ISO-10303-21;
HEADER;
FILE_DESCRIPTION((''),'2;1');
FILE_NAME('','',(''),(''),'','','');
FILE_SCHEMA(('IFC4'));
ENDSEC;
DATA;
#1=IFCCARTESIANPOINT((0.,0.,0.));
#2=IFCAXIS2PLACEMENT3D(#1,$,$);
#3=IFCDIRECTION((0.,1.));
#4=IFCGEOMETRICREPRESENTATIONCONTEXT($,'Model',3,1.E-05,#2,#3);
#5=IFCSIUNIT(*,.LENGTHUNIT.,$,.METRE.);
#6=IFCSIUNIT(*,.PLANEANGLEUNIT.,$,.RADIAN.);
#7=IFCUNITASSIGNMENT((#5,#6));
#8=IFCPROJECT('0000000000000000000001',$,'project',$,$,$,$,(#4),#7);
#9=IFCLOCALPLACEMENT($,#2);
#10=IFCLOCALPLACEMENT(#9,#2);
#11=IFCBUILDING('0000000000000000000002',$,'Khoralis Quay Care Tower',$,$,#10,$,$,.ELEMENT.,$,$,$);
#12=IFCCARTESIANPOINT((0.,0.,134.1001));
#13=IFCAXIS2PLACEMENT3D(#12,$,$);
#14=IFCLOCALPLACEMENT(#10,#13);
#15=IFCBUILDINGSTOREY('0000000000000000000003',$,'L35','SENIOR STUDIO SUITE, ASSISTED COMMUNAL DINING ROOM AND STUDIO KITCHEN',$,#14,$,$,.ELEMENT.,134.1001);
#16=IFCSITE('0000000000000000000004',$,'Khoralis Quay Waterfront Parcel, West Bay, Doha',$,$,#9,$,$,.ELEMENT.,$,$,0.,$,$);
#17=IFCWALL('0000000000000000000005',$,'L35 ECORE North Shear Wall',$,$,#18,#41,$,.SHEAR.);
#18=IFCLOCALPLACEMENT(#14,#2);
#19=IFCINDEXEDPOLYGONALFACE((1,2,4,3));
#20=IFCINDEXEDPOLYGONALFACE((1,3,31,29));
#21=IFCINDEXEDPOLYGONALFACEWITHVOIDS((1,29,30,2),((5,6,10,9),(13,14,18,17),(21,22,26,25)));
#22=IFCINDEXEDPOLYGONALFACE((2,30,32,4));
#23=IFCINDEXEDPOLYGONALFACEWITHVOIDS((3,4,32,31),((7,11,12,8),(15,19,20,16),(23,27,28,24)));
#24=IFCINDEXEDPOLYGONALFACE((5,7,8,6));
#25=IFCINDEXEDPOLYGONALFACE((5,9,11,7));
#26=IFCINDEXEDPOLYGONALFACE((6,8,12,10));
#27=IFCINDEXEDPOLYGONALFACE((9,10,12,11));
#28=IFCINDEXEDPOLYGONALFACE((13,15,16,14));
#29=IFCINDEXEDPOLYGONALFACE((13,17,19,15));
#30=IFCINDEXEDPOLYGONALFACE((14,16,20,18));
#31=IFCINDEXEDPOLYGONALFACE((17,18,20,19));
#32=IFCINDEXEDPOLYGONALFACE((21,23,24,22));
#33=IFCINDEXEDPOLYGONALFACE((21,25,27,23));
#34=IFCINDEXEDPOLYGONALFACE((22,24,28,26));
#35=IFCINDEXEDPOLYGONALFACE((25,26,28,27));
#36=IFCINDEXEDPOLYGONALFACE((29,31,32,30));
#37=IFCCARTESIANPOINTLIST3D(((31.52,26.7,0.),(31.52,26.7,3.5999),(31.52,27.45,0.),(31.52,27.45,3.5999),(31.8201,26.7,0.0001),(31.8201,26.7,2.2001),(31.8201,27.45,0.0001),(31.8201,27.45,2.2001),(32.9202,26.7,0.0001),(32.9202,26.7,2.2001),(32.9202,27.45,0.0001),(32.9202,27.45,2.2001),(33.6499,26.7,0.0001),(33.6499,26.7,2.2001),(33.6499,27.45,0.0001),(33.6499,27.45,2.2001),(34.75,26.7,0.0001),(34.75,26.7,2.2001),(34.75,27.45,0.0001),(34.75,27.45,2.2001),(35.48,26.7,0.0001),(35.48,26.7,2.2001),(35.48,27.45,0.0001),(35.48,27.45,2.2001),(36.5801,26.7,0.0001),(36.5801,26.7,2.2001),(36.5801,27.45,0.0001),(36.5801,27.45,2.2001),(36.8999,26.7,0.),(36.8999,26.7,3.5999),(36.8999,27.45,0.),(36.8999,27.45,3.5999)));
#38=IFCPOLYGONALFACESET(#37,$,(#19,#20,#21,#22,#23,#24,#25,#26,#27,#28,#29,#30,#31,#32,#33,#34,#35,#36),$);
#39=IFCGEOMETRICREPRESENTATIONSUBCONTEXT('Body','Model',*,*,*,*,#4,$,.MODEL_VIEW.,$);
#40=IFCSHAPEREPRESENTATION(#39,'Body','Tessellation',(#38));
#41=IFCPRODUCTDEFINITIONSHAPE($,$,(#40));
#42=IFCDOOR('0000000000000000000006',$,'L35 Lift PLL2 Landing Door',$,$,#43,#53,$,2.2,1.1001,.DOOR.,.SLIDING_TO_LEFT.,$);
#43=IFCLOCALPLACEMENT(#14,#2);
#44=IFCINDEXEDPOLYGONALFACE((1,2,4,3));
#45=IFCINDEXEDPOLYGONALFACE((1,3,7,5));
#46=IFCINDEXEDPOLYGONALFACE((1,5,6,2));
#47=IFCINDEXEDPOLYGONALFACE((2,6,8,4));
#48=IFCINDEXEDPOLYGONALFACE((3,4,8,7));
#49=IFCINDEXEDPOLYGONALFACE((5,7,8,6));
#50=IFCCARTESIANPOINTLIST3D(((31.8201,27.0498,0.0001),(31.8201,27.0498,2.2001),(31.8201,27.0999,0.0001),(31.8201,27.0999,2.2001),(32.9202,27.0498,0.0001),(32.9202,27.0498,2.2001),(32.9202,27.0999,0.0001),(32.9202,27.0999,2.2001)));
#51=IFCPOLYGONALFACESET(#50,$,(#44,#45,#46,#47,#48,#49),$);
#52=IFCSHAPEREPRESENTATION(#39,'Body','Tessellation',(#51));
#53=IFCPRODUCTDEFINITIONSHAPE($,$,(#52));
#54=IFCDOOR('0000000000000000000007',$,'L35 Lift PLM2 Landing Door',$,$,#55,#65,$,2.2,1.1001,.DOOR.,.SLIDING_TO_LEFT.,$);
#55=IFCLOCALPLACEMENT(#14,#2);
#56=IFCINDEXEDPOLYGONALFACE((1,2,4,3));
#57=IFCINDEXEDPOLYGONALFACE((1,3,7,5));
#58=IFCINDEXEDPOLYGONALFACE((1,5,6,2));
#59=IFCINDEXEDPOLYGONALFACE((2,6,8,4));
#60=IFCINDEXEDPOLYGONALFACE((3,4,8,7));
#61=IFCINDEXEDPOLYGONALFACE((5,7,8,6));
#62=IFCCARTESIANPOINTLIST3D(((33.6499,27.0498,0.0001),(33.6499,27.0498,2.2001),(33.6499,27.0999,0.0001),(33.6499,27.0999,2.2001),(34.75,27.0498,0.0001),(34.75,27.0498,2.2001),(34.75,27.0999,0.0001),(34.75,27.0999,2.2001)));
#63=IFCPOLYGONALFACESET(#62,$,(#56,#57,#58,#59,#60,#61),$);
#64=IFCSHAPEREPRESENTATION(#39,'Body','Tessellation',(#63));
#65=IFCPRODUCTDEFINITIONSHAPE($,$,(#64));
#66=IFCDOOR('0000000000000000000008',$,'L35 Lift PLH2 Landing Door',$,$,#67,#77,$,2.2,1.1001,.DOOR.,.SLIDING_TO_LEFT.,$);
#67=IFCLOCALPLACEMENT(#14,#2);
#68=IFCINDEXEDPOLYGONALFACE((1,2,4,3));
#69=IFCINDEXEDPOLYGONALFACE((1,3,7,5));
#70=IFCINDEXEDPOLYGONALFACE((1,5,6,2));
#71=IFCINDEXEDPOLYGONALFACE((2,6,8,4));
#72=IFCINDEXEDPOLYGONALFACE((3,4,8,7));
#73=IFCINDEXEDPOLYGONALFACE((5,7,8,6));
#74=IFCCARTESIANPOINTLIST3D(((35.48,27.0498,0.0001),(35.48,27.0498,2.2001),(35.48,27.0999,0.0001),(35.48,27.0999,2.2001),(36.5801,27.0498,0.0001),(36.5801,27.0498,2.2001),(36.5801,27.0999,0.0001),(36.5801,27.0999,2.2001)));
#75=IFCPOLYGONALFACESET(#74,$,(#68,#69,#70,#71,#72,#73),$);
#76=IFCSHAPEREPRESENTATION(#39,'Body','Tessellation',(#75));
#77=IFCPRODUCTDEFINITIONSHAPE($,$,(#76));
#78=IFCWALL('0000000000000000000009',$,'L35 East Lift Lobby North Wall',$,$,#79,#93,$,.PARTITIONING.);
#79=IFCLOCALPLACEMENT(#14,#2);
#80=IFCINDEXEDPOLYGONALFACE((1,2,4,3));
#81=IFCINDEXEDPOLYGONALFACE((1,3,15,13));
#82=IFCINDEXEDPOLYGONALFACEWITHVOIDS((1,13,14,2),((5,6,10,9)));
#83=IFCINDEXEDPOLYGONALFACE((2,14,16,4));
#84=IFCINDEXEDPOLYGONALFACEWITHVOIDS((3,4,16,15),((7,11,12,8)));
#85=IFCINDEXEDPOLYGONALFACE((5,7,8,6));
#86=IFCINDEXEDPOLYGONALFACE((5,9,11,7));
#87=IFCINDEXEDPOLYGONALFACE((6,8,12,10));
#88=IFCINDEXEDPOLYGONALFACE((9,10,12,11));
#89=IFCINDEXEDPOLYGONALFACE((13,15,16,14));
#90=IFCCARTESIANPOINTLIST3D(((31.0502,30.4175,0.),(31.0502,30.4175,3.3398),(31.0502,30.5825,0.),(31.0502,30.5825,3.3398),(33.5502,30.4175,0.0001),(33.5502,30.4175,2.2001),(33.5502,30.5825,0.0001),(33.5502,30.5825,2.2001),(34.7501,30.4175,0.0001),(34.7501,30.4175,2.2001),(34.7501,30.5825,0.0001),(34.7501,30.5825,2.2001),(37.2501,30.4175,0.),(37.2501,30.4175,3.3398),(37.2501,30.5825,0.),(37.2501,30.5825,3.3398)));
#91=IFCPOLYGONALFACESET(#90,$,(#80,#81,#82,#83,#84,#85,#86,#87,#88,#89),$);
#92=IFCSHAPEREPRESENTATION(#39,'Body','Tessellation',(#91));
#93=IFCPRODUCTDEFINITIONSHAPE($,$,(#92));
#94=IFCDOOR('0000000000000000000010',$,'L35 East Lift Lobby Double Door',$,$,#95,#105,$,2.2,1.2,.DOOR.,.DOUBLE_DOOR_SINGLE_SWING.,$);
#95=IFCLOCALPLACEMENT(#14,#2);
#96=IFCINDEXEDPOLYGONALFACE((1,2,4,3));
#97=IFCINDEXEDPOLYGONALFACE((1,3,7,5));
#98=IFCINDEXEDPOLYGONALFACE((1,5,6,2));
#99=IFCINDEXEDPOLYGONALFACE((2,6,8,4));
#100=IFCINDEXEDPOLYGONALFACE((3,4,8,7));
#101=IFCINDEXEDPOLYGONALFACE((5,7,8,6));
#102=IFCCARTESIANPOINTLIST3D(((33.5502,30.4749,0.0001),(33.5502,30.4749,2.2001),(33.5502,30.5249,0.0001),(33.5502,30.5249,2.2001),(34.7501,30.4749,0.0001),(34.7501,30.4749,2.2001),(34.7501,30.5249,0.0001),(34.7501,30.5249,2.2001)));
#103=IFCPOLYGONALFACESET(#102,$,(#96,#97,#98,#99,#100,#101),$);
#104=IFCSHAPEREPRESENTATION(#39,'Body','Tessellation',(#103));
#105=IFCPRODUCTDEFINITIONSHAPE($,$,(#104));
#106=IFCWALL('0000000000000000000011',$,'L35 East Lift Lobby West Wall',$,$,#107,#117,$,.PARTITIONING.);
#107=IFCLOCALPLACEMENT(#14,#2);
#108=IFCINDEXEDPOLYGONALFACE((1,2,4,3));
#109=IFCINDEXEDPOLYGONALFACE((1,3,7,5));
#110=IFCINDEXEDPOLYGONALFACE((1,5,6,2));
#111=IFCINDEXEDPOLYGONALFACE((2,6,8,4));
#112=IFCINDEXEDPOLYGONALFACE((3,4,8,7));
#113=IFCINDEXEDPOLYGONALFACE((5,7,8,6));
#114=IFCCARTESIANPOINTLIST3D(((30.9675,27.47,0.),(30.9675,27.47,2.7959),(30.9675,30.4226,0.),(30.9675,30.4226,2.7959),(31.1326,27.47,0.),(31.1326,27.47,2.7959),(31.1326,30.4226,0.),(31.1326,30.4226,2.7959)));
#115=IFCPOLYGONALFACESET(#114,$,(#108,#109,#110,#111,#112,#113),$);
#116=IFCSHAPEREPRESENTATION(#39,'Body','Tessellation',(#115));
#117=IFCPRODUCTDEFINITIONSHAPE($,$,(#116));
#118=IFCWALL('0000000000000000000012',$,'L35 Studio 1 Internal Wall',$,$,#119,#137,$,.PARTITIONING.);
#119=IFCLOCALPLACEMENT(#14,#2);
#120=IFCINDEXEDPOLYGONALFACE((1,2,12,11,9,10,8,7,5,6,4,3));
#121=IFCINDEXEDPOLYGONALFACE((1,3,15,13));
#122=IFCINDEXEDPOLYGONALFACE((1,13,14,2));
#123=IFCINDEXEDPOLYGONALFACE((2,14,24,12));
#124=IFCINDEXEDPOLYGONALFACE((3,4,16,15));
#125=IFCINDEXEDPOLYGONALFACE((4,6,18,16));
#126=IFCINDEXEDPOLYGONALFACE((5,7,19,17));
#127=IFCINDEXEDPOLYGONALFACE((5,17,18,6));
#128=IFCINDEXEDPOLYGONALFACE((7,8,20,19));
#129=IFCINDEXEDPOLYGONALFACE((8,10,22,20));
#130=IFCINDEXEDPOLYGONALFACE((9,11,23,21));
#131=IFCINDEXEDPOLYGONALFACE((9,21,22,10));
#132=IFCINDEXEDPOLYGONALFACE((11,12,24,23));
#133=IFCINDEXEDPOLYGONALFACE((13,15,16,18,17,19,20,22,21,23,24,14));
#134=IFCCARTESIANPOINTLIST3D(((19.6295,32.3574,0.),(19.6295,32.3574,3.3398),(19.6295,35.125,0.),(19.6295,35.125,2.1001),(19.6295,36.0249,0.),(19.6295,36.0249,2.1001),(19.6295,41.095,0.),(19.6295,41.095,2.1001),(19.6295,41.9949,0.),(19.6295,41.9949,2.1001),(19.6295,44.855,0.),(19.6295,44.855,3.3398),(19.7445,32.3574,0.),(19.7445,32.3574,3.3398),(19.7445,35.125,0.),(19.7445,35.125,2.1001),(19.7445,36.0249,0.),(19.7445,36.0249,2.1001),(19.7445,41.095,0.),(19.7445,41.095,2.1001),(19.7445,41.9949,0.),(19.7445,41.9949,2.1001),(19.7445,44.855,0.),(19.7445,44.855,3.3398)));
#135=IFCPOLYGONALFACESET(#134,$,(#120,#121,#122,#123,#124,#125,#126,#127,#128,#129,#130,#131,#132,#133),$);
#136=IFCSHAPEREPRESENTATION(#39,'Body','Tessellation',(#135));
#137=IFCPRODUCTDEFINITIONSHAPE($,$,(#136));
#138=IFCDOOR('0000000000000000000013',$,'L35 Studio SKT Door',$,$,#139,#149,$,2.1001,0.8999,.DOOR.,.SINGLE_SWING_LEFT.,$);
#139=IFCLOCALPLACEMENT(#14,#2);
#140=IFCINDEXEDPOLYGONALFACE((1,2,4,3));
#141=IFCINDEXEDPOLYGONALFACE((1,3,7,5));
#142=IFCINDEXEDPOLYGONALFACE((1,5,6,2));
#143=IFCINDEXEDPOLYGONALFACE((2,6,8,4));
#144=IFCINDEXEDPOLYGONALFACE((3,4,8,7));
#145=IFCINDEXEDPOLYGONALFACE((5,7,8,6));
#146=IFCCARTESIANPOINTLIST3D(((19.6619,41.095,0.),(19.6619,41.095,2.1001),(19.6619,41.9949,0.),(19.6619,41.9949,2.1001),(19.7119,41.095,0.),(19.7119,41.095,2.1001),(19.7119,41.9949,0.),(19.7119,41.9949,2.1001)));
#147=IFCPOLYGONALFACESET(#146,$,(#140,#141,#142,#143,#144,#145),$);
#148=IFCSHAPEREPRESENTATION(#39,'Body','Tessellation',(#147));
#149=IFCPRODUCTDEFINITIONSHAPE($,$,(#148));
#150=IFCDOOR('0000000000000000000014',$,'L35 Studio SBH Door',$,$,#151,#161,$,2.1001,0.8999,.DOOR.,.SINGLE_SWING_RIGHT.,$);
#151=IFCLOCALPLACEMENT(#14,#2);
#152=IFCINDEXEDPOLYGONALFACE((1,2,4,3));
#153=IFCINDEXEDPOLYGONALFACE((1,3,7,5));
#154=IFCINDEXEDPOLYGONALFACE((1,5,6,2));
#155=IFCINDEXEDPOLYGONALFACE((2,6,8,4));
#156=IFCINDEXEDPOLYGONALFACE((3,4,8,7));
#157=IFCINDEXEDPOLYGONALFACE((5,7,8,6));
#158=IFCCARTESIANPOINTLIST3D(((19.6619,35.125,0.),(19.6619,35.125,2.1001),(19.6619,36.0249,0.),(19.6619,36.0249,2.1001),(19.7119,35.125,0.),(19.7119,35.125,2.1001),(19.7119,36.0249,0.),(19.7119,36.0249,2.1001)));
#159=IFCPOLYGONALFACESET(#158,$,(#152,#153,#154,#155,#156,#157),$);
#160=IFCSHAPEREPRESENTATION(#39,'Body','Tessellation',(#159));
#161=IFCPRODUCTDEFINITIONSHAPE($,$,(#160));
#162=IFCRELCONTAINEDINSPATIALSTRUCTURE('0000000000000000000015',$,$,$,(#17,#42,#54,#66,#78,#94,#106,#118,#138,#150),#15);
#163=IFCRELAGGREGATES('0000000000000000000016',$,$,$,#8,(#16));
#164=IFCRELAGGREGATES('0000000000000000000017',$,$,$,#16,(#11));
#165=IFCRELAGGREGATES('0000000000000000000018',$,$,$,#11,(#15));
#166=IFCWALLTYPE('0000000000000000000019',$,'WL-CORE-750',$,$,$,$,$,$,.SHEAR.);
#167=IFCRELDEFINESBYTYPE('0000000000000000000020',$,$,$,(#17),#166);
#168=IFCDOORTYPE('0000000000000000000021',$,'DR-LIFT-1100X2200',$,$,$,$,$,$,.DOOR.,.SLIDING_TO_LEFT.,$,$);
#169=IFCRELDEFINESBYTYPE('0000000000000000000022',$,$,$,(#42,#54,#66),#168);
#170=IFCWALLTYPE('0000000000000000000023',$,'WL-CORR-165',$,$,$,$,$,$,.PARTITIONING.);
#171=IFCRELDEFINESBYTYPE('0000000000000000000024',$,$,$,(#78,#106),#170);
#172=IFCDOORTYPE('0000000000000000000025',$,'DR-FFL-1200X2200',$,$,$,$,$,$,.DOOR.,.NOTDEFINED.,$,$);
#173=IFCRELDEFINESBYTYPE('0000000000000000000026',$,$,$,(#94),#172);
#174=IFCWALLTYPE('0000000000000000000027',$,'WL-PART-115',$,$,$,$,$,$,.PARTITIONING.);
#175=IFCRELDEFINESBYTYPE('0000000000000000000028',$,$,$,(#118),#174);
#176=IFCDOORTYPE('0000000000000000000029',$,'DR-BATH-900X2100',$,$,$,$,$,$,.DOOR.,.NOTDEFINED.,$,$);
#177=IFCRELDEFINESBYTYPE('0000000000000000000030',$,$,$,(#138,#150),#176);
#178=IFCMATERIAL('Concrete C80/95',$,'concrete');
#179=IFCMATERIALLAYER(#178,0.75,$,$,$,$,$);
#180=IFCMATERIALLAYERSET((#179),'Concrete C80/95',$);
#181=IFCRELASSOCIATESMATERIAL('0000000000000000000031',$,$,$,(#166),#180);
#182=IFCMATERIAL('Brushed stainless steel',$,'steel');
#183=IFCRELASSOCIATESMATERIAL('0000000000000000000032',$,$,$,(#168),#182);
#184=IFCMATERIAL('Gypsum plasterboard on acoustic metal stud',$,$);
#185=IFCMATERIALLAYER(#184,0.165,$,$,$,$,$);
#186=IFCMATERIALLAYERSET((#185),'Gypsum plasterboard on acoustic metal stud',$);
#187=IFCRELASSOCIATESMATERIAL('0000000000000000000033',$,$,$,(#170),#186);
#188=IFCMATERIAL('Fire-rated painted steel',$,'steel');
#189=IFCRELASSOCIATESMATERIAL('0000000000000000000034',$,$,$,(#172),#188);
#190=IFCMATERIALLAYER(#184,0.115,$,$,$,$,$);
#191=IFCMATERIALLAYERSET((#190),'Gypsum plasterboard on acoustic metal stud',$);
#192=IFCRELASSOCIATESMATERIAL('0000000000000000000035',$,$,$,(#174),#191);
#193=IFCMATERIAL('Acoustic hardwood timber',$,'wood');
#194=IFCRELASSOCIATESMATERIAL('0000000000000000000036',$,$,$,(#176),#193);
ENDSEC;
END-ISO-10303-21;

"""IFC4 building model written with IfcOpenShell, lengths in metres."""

from ifc_helpers import new_model, si_unit, direction, frame, frame_2d, origin, place, context, subcontext, project, spatial, rectangle, extrude, source, transform, mapped, material, layer, layer_set, type_object, element, fill, save


model = new_model("IFC4")

# Units and contexts
model_context = context("Model", 3, precision=1e-05, world=origin(), true_north=direction((0.0, 1.0)))
body_context = subcontext(model_context, "Body", "Model", "MODEL_VIEW")
ifc_project = project(units=[si_unit("LENGTHUNIT", "METRE"), si_unit("PLANEANGLEUNIT", "RADIAN")], contexts=[model_context])

# Site, building, storey
site_placement = place(None, origin())
site = spatial("IfcSite", under=ifc_project, at=site_placement, Name="Khoralis Quay Waterfront Parcel, West Bay, Doha", CompositionType="ELEMENT", RefElevation=0.0)
building_placement = place(site_placement, origin())
building = spatial("IfcBuilding", under=site, at=building_placement, Name="Khoralis Quay Care Tower", CompositionType="ELEMENT")
storey_placement = place(building_placement, frame((0.0, 0.0, 134.1001)))
storey = spatial("IfcBuildingStorey", under=building, at=storey_placement, Name="L35", Description="SENIOR STUDIO SUITE, ASSISTED COMMUNAL DINING ROOM AND STUDIO KITCHEN", CompositionType="ELEMENT", Elevation=134.1001)

# Wall, openings, doors
ifc_material_1 = material(Name="Concrete C80/95", Category="concrete")
ifc_layer_1 = layer(ifc_material_1, 0.75)
ifc_layer_set_1 = layer_set([ifc_layer_1], Name="Concrete C80/95")
wall_type_1 = type_object("IfcWallType", Name="WL-CORE-750", PredefinedType="SHEAR", material=ifc_layer_set_1)
wall_1_placement = place(storey_placement, frame((31.52, 27.075, 0.0), z_axis=(0.0, 0.0, 1.0), x_axis=(1.0, 0.0, 0.0)))
wall_1 = element("IfcWall", 1, at=wall_1_placement, inside=storey, type_object=wall_type_1, Name="L35 ECORE North Shear Wall", PredefinedType="SHEAR", context=body_context, shape_type="SweptSolid", body=[
    extrude(rectangle(XDim=5.3799, YDim=0.75, at=frame_2d((2.6899, 0.0))), origin(), (0.0, 0.0, 1.0), 3.5999),
])
opening_1_placement = place(wall_1_placement, frame((0.3, 0.0, 0.0)))
opening_1 = element("IfcOpeningElement", 2, at=opening_1_placement, cuts=wall_1, PredefinedType="OPENING", context=body_context, shape_type="SweptSolid", body=[
    extrude(rectangle(XDim=1.1001, YDim=2.2, at=frame_2d((0.55, 1.1001))), frame((0.0, 0.385, 0.0), z_axis=(0.0, -1.0, 0.0), x_axis=(1.0, 0.0, 0.0)), (0.0, 0.0, 1.0), 0.77),
])
opening_2_placement = place(wall_1_placement, frame((2.1299, 0.0, 0.0)))
opening_2 = element("IfcOpeningElement", 3, at=opening_2_placement, cuts=wall_1, PredefinedType="OPENING", context=body_context, shape_type="SweptSolid", body=[
    extrude(rectangle(XDim=1.1001, YDim=2.2, at=frame_2d((0.55, 1.1001))), frame((0.0, 0.385, 0.0), z_axis=(0.0, -1.0, 0.0), x_axis=(1.0, 0.0, 0.0)), (0.0, 0.0, 1.0), 0.77),
])
opening_3_placement = place(wall_1_placement, frame((3.96, 0.0, 0.0)))
opening_3 = element("IfcOpeningElement", 4, at=opening_3_placement, cuts=wall_1, PredefinedType="OPENING", context=body_context, shape_type="SweptSolid", body=[
    extrude(rectangle(XDim=1.1001, YDim=2.2, at=frame_2d((0.55, 1.1001))), frame((0.0, 0.385, 0.0), z_axis=(0.0, -1.0, 0.0), x_axis=(1.0, 0.0, 0.0)), (0.0, 0.0, 1.0), 0.77),
])
ifc_material_2 = material(Name="Brushed stainless steel", Category="steel")
door_type_1 = type_object("IfcDoorType", Name="DR-LIFT-1100X2200", OperationType="SLIDING_TO_LEFT", PredefinedType="DOOR", material=ifc_material_2)
shared_shape_1 = source(origin(), body_context, "Body", "SweptSolid", [
    extrude(rectangle(XDim=1.1001, YDim=2.2, at=frame_2d((0.55, 1.1001))), frame((0.0, 0.0249, 0.0), z_axis=(0.0, -1.0, 0.0), x_axis=(1.0, 0.0, 0.0)), (0.0, 0.0, 1.0), 0.05),
])
door_1_placement = place(opening_1_placement, origin())
door_1 = element("IfcDoor", 5, at=door_1_placement, inside=storey, type_object=door_type_1, Name="L35 Lift PLL2 Landing Door", OperationType="SLIDING_TO_LEFT", OverallHeight=2.2, OverallWidth=1.1001, PredefinedType="DOOR", context=body_context, shape_type="MappedRepresentation", body=[
    mapped(shared_shape_1, transform((0.0, 0.0, 0.0), scale=1.0)),
])
fill(opening_1, door_1)
door_2_placement = place(opening_2_placement, origin())
door_2 = element("IfcDoor", 6, at=door_2_placement, inside=storey, type_object=door_type_1, Name="L35 Lift PLM2 Landing Door", OperationType="SLIDING_TO_LEFT", OverallHeight=2.2, OverallWidth=1.1001, PredefinedType="DOOR", context=body_context, shape_type="MappedRepresentation", body=[
    mapped(shared_shape_1, transform((0.0, 0.0, 0.0), scale=1.0)),
])
fill(opening_2, door_2)
door_3_placement = place(opening_3_placement, origin())
door_3 = element("IfcDoor", 7, at=door_3_placement, inside=storey, type_object=door_type_1, Name="L35 Lift PLH2 Landing Door", OperationType="SLIDING_TO_LEFT", OverallHeight=2.2, OverallWidth=1.1001, PredefinedType="DOOR", context=body_context, shape_type="MappedRepresentation", body=[
    mapped(shared_shape_1, transform((0.0, 0.0, 0.0), scale=1.0)),
])
fill(opening_3, door_3)

# Wall, opening, door
ifc_material_3 = material(Name="Gypsum plasterboard on acoustic metal stud")
ifc_layer_2 = layer(ifc_material_3, 0.165)
ifc_layer_set_2 = layer_set([ifc_layer_2], Name="Gypsum plasterboard on acoustic metal stud")
wall_type_2 = type_object("IfcWallType", Name="WL-CORR-165", PredefinedType="PARTITIONING", material=ifc_layer_set_2)
wall_2_placement = place(storey_placement, frame((31.05, 30.5, 0.0), z_axis=(0.0, 0.0, 1.0), x_axis=(1.0, 0.0, 0.0)))
wall_2 = element("IfcWall", 8, at=wall_2_placement, inside=storey, type_object=wall_type_2, Name="L35 East Lift Lobby North Wall", PredefinedType="PARTITIONING", context=body_context, shape_type="SweptSolid", body=[
    extrude(rectangle(XDim=6.2, YDim=0.165, at=frame_2d((3.1001, 0.0))), origin(), (0.0, 0.0, 1.0), 3.3398),
])
opening_4_placement = place(wall_2_placement, frame((2.5, 0.0, 0.0)))
opening_4 = element("IfcOpeningElement", 9, at=opening_4_placement, cuts=wall_2, PredefinedType="OPENING", context=body_context, shape_type="SweptSolid", body=[
    extrude(rectangle(XDim=1.2, YDim=2.2, at=frame_2d((0.6001, 1.1001))), frame((0.0, 0.0925, 0.0), z_axis=(0.0, -1.0, 0.0), x_axis=(1.0, 0.0, 0.0)), (0.0, 0.0, 1.0), 0.1851),
])
ifc_material_4 = material(Name="Fire-rated painted steel", Category="steel")
door_type_2 = type_object("IfcDoorType", Name="DR-FFL-1200X2200", OperationType="NOTDEFINED", PredefinedType="DOOR", material=ifc_material_4)
shared_shape_2 = source(origin(), body_context, "Body", "SweptSolid", [
    extrude(rectangle(XDim=1.2, YDim=2.2, at=frame_2d((0.6001, 1.1001))), frame((0.0, 0.0249, 0.0), z_axis=(0.0, -1.0, 0.0), x_axis=(1.0, 0.0, 0.0)), (0.0, 0.0, 1.0), 0.05),
])
door_4_placement = place(opening_4_placement, origin())
door_4 = element("IfcDoor", 10, at=door_4_placement, inside=storey, type_object=door_type_2, Name="L35 East Lift Lobby Double Door", OperationType="DOUBLE_DOOR_SINGLE_SWING", OverallHeight=2.2, OverallWidth=1.2, PredefinedType="DOOR", context=body_context, shape_type="MappedRepresentation", body=[
    mapped(shared_shape_2, transform((0.0, 0.0, 0.0), scale=1.0)),
])
fill(opening_4, door_4)

# Wall
wall_3_placement = place(storey_placement, frame((31.05, 27.47, 0.0), z_axis=(0.0, 0.0, 1.0), x_axis=(0.0, 1.0, 0.0)))
element("IfcWall", 11, at=wall_3_placement, inside=storey, type_object=wall_type_2, Name="L35 East Lift Lobby West Wall", PredefinedType="PARTITIONING", context=body_context, shape_type="SweptSolid", body=[
    extrude(rectangle(XDim=2.9526, YDim=0.165, at=frame_2d((1.4763, 0.0))), origin(), (0.0, 0.0, 1.0), 2.7959),
])

# Wall, openings, doors
ifc_layer_3 = layer(ifc_material_3, 0.115)
ifc_layer_set_3 = layer_set([ifc_layer_3], Name="Gypsum plasterboard on acoustic metal stud")
wall_type_3 = type_object("IfcWallType", Name="WL-PART-115", PredefinedType="PARTITIONING", material=ifc_layer_set_3)
wall_4_placement = place(storey_placement, frame((19.687, 32.3574, 0.0), z_axis=(0.0, 0.0, 1.0), x_axis=(0.0, 1.0, 0.0)))
wall_4 = element("IfcWall", 12, at=wall_4_placement, inside=storey, type_object=wall_type_3, Name="L35 Studio 1 Internal Wall", PredefinedType="PARTITIONING", context=body_context, shape_type="SweptSolid", body=[
    extrude(rectangle(XDim=12.4976, YDim=0.115, at=frame_2d((6.2488, 0.0))), origin(), (0.0, 0.0, 1.0), 3.3398),
])
opening_5_placement = place(wall_4_placement, frame((8.7375, 0.0, 0.0)))
opening_5 = element("IfcOpeningElement", 13, at=opening_5_placement, cuts=wall_4, PredefinedType="OPENING", context=body_context, shape_type="SweptSolid", body=[
    extrude(rectangle(XDim=0.8999, YDim=2.1001, at=frame_2d((0.45, 1.05))), frame((0.0, 0.0674, 0.0), z_axis=(0.0, -1.0, 0.0), x_axis=(1.0, 0.0, 0.0)), (0.0, 0.0, 1.0), 0.135),
])
opening_6_placement = place(wall_4_placement, frame((2.7676, 0.0, 0.0)))
opening_6 = element("IfcOpeningElement", 14, at=opening_6_placement, cuts=wall_4, PredefinedType="OPENING", context=body_context, shape_type="SweptSolid", body=[
    extrude(rectangle(XDim=0.8999, YDim=2.1001, at=frame_2d((0.45, 1.05))), frame((0.0, 0.0674, 0.0), z_axis=(0.0, -1.0, 0.0), x_axis=(1.0, 0.0, 0.0)), (0.0, 0.0, 1.0), 0.135),
])
ifc_material_5 = material(Name="Acoustic hardwood timber", Category="wood")
door_type_3 = type_object("IfcDoorType", Name="DR-BATH-900X2100", OperationType="NOTDEFINED", PredefinedType="DOOR", material=ifc_material_5)
shared_shape_3 = source(origin(), body_context, "Body", "SweptSolid", [
    extrude(rectangle(XDim=0.8999, YDim=2.1001, at=frame_2d((0.45, 1.05))), frame((0.0, 0.0249, 0.0), z_axis=(0.0, -1.0, 0.0), x_axis=(1.0, 0.0, 0.0)), (0.0, 0.0, 1.0), 0.05),
])
door_5_placement = place(opening_5_placement, frame((0.8999, 0.0, 0.0), z_axis=(0.0, 0.0, 1.0), x_axis=(-1.0, 0.0, 0.0)))
door_5 = element("IfcDoor", 15, at=door_5_placement, inside=storey, type_object=door_type_3, Name="L35 Studio SKT Door", OperationType="SINGLE_SWING_LEFT", OverallHeight=2.1001, OverallWidth=0.8999, PredefinedType="DOOR", context=body_context, shape_type="MappedRepresentation", body=[
    mapped(shared_shape_3, transform((0.0, 0.0, 0.0), scale=1.0)),
])
fill(opening_5, door_5)
door_6_placement = place(opening_6_placement, frame((0.8999, 0.0, 0.0), z_axis=(0.0, 0.0, 1.0), x_axis=(-1.0, 0.0, 0.0)))
door_6 = element("IfcDoor", 16, at=door_6_placement, inside=storey, type_object=door_type_3, Name="L35 Studio SBH Door", OperationType="SINGLE_SWING_RIGHT", OverallHeight=2.1001, OverallWidth=0.8999, PredefinedType="DOOR", context=body_context, shape_type="MappedRepresentation", body=[
    mapped(shared_shape_3, transform((0.0, 0.0, 0.0), scale=1.0)),
])
fill(opening_6, door_6)

save(model, "model.ifc")
